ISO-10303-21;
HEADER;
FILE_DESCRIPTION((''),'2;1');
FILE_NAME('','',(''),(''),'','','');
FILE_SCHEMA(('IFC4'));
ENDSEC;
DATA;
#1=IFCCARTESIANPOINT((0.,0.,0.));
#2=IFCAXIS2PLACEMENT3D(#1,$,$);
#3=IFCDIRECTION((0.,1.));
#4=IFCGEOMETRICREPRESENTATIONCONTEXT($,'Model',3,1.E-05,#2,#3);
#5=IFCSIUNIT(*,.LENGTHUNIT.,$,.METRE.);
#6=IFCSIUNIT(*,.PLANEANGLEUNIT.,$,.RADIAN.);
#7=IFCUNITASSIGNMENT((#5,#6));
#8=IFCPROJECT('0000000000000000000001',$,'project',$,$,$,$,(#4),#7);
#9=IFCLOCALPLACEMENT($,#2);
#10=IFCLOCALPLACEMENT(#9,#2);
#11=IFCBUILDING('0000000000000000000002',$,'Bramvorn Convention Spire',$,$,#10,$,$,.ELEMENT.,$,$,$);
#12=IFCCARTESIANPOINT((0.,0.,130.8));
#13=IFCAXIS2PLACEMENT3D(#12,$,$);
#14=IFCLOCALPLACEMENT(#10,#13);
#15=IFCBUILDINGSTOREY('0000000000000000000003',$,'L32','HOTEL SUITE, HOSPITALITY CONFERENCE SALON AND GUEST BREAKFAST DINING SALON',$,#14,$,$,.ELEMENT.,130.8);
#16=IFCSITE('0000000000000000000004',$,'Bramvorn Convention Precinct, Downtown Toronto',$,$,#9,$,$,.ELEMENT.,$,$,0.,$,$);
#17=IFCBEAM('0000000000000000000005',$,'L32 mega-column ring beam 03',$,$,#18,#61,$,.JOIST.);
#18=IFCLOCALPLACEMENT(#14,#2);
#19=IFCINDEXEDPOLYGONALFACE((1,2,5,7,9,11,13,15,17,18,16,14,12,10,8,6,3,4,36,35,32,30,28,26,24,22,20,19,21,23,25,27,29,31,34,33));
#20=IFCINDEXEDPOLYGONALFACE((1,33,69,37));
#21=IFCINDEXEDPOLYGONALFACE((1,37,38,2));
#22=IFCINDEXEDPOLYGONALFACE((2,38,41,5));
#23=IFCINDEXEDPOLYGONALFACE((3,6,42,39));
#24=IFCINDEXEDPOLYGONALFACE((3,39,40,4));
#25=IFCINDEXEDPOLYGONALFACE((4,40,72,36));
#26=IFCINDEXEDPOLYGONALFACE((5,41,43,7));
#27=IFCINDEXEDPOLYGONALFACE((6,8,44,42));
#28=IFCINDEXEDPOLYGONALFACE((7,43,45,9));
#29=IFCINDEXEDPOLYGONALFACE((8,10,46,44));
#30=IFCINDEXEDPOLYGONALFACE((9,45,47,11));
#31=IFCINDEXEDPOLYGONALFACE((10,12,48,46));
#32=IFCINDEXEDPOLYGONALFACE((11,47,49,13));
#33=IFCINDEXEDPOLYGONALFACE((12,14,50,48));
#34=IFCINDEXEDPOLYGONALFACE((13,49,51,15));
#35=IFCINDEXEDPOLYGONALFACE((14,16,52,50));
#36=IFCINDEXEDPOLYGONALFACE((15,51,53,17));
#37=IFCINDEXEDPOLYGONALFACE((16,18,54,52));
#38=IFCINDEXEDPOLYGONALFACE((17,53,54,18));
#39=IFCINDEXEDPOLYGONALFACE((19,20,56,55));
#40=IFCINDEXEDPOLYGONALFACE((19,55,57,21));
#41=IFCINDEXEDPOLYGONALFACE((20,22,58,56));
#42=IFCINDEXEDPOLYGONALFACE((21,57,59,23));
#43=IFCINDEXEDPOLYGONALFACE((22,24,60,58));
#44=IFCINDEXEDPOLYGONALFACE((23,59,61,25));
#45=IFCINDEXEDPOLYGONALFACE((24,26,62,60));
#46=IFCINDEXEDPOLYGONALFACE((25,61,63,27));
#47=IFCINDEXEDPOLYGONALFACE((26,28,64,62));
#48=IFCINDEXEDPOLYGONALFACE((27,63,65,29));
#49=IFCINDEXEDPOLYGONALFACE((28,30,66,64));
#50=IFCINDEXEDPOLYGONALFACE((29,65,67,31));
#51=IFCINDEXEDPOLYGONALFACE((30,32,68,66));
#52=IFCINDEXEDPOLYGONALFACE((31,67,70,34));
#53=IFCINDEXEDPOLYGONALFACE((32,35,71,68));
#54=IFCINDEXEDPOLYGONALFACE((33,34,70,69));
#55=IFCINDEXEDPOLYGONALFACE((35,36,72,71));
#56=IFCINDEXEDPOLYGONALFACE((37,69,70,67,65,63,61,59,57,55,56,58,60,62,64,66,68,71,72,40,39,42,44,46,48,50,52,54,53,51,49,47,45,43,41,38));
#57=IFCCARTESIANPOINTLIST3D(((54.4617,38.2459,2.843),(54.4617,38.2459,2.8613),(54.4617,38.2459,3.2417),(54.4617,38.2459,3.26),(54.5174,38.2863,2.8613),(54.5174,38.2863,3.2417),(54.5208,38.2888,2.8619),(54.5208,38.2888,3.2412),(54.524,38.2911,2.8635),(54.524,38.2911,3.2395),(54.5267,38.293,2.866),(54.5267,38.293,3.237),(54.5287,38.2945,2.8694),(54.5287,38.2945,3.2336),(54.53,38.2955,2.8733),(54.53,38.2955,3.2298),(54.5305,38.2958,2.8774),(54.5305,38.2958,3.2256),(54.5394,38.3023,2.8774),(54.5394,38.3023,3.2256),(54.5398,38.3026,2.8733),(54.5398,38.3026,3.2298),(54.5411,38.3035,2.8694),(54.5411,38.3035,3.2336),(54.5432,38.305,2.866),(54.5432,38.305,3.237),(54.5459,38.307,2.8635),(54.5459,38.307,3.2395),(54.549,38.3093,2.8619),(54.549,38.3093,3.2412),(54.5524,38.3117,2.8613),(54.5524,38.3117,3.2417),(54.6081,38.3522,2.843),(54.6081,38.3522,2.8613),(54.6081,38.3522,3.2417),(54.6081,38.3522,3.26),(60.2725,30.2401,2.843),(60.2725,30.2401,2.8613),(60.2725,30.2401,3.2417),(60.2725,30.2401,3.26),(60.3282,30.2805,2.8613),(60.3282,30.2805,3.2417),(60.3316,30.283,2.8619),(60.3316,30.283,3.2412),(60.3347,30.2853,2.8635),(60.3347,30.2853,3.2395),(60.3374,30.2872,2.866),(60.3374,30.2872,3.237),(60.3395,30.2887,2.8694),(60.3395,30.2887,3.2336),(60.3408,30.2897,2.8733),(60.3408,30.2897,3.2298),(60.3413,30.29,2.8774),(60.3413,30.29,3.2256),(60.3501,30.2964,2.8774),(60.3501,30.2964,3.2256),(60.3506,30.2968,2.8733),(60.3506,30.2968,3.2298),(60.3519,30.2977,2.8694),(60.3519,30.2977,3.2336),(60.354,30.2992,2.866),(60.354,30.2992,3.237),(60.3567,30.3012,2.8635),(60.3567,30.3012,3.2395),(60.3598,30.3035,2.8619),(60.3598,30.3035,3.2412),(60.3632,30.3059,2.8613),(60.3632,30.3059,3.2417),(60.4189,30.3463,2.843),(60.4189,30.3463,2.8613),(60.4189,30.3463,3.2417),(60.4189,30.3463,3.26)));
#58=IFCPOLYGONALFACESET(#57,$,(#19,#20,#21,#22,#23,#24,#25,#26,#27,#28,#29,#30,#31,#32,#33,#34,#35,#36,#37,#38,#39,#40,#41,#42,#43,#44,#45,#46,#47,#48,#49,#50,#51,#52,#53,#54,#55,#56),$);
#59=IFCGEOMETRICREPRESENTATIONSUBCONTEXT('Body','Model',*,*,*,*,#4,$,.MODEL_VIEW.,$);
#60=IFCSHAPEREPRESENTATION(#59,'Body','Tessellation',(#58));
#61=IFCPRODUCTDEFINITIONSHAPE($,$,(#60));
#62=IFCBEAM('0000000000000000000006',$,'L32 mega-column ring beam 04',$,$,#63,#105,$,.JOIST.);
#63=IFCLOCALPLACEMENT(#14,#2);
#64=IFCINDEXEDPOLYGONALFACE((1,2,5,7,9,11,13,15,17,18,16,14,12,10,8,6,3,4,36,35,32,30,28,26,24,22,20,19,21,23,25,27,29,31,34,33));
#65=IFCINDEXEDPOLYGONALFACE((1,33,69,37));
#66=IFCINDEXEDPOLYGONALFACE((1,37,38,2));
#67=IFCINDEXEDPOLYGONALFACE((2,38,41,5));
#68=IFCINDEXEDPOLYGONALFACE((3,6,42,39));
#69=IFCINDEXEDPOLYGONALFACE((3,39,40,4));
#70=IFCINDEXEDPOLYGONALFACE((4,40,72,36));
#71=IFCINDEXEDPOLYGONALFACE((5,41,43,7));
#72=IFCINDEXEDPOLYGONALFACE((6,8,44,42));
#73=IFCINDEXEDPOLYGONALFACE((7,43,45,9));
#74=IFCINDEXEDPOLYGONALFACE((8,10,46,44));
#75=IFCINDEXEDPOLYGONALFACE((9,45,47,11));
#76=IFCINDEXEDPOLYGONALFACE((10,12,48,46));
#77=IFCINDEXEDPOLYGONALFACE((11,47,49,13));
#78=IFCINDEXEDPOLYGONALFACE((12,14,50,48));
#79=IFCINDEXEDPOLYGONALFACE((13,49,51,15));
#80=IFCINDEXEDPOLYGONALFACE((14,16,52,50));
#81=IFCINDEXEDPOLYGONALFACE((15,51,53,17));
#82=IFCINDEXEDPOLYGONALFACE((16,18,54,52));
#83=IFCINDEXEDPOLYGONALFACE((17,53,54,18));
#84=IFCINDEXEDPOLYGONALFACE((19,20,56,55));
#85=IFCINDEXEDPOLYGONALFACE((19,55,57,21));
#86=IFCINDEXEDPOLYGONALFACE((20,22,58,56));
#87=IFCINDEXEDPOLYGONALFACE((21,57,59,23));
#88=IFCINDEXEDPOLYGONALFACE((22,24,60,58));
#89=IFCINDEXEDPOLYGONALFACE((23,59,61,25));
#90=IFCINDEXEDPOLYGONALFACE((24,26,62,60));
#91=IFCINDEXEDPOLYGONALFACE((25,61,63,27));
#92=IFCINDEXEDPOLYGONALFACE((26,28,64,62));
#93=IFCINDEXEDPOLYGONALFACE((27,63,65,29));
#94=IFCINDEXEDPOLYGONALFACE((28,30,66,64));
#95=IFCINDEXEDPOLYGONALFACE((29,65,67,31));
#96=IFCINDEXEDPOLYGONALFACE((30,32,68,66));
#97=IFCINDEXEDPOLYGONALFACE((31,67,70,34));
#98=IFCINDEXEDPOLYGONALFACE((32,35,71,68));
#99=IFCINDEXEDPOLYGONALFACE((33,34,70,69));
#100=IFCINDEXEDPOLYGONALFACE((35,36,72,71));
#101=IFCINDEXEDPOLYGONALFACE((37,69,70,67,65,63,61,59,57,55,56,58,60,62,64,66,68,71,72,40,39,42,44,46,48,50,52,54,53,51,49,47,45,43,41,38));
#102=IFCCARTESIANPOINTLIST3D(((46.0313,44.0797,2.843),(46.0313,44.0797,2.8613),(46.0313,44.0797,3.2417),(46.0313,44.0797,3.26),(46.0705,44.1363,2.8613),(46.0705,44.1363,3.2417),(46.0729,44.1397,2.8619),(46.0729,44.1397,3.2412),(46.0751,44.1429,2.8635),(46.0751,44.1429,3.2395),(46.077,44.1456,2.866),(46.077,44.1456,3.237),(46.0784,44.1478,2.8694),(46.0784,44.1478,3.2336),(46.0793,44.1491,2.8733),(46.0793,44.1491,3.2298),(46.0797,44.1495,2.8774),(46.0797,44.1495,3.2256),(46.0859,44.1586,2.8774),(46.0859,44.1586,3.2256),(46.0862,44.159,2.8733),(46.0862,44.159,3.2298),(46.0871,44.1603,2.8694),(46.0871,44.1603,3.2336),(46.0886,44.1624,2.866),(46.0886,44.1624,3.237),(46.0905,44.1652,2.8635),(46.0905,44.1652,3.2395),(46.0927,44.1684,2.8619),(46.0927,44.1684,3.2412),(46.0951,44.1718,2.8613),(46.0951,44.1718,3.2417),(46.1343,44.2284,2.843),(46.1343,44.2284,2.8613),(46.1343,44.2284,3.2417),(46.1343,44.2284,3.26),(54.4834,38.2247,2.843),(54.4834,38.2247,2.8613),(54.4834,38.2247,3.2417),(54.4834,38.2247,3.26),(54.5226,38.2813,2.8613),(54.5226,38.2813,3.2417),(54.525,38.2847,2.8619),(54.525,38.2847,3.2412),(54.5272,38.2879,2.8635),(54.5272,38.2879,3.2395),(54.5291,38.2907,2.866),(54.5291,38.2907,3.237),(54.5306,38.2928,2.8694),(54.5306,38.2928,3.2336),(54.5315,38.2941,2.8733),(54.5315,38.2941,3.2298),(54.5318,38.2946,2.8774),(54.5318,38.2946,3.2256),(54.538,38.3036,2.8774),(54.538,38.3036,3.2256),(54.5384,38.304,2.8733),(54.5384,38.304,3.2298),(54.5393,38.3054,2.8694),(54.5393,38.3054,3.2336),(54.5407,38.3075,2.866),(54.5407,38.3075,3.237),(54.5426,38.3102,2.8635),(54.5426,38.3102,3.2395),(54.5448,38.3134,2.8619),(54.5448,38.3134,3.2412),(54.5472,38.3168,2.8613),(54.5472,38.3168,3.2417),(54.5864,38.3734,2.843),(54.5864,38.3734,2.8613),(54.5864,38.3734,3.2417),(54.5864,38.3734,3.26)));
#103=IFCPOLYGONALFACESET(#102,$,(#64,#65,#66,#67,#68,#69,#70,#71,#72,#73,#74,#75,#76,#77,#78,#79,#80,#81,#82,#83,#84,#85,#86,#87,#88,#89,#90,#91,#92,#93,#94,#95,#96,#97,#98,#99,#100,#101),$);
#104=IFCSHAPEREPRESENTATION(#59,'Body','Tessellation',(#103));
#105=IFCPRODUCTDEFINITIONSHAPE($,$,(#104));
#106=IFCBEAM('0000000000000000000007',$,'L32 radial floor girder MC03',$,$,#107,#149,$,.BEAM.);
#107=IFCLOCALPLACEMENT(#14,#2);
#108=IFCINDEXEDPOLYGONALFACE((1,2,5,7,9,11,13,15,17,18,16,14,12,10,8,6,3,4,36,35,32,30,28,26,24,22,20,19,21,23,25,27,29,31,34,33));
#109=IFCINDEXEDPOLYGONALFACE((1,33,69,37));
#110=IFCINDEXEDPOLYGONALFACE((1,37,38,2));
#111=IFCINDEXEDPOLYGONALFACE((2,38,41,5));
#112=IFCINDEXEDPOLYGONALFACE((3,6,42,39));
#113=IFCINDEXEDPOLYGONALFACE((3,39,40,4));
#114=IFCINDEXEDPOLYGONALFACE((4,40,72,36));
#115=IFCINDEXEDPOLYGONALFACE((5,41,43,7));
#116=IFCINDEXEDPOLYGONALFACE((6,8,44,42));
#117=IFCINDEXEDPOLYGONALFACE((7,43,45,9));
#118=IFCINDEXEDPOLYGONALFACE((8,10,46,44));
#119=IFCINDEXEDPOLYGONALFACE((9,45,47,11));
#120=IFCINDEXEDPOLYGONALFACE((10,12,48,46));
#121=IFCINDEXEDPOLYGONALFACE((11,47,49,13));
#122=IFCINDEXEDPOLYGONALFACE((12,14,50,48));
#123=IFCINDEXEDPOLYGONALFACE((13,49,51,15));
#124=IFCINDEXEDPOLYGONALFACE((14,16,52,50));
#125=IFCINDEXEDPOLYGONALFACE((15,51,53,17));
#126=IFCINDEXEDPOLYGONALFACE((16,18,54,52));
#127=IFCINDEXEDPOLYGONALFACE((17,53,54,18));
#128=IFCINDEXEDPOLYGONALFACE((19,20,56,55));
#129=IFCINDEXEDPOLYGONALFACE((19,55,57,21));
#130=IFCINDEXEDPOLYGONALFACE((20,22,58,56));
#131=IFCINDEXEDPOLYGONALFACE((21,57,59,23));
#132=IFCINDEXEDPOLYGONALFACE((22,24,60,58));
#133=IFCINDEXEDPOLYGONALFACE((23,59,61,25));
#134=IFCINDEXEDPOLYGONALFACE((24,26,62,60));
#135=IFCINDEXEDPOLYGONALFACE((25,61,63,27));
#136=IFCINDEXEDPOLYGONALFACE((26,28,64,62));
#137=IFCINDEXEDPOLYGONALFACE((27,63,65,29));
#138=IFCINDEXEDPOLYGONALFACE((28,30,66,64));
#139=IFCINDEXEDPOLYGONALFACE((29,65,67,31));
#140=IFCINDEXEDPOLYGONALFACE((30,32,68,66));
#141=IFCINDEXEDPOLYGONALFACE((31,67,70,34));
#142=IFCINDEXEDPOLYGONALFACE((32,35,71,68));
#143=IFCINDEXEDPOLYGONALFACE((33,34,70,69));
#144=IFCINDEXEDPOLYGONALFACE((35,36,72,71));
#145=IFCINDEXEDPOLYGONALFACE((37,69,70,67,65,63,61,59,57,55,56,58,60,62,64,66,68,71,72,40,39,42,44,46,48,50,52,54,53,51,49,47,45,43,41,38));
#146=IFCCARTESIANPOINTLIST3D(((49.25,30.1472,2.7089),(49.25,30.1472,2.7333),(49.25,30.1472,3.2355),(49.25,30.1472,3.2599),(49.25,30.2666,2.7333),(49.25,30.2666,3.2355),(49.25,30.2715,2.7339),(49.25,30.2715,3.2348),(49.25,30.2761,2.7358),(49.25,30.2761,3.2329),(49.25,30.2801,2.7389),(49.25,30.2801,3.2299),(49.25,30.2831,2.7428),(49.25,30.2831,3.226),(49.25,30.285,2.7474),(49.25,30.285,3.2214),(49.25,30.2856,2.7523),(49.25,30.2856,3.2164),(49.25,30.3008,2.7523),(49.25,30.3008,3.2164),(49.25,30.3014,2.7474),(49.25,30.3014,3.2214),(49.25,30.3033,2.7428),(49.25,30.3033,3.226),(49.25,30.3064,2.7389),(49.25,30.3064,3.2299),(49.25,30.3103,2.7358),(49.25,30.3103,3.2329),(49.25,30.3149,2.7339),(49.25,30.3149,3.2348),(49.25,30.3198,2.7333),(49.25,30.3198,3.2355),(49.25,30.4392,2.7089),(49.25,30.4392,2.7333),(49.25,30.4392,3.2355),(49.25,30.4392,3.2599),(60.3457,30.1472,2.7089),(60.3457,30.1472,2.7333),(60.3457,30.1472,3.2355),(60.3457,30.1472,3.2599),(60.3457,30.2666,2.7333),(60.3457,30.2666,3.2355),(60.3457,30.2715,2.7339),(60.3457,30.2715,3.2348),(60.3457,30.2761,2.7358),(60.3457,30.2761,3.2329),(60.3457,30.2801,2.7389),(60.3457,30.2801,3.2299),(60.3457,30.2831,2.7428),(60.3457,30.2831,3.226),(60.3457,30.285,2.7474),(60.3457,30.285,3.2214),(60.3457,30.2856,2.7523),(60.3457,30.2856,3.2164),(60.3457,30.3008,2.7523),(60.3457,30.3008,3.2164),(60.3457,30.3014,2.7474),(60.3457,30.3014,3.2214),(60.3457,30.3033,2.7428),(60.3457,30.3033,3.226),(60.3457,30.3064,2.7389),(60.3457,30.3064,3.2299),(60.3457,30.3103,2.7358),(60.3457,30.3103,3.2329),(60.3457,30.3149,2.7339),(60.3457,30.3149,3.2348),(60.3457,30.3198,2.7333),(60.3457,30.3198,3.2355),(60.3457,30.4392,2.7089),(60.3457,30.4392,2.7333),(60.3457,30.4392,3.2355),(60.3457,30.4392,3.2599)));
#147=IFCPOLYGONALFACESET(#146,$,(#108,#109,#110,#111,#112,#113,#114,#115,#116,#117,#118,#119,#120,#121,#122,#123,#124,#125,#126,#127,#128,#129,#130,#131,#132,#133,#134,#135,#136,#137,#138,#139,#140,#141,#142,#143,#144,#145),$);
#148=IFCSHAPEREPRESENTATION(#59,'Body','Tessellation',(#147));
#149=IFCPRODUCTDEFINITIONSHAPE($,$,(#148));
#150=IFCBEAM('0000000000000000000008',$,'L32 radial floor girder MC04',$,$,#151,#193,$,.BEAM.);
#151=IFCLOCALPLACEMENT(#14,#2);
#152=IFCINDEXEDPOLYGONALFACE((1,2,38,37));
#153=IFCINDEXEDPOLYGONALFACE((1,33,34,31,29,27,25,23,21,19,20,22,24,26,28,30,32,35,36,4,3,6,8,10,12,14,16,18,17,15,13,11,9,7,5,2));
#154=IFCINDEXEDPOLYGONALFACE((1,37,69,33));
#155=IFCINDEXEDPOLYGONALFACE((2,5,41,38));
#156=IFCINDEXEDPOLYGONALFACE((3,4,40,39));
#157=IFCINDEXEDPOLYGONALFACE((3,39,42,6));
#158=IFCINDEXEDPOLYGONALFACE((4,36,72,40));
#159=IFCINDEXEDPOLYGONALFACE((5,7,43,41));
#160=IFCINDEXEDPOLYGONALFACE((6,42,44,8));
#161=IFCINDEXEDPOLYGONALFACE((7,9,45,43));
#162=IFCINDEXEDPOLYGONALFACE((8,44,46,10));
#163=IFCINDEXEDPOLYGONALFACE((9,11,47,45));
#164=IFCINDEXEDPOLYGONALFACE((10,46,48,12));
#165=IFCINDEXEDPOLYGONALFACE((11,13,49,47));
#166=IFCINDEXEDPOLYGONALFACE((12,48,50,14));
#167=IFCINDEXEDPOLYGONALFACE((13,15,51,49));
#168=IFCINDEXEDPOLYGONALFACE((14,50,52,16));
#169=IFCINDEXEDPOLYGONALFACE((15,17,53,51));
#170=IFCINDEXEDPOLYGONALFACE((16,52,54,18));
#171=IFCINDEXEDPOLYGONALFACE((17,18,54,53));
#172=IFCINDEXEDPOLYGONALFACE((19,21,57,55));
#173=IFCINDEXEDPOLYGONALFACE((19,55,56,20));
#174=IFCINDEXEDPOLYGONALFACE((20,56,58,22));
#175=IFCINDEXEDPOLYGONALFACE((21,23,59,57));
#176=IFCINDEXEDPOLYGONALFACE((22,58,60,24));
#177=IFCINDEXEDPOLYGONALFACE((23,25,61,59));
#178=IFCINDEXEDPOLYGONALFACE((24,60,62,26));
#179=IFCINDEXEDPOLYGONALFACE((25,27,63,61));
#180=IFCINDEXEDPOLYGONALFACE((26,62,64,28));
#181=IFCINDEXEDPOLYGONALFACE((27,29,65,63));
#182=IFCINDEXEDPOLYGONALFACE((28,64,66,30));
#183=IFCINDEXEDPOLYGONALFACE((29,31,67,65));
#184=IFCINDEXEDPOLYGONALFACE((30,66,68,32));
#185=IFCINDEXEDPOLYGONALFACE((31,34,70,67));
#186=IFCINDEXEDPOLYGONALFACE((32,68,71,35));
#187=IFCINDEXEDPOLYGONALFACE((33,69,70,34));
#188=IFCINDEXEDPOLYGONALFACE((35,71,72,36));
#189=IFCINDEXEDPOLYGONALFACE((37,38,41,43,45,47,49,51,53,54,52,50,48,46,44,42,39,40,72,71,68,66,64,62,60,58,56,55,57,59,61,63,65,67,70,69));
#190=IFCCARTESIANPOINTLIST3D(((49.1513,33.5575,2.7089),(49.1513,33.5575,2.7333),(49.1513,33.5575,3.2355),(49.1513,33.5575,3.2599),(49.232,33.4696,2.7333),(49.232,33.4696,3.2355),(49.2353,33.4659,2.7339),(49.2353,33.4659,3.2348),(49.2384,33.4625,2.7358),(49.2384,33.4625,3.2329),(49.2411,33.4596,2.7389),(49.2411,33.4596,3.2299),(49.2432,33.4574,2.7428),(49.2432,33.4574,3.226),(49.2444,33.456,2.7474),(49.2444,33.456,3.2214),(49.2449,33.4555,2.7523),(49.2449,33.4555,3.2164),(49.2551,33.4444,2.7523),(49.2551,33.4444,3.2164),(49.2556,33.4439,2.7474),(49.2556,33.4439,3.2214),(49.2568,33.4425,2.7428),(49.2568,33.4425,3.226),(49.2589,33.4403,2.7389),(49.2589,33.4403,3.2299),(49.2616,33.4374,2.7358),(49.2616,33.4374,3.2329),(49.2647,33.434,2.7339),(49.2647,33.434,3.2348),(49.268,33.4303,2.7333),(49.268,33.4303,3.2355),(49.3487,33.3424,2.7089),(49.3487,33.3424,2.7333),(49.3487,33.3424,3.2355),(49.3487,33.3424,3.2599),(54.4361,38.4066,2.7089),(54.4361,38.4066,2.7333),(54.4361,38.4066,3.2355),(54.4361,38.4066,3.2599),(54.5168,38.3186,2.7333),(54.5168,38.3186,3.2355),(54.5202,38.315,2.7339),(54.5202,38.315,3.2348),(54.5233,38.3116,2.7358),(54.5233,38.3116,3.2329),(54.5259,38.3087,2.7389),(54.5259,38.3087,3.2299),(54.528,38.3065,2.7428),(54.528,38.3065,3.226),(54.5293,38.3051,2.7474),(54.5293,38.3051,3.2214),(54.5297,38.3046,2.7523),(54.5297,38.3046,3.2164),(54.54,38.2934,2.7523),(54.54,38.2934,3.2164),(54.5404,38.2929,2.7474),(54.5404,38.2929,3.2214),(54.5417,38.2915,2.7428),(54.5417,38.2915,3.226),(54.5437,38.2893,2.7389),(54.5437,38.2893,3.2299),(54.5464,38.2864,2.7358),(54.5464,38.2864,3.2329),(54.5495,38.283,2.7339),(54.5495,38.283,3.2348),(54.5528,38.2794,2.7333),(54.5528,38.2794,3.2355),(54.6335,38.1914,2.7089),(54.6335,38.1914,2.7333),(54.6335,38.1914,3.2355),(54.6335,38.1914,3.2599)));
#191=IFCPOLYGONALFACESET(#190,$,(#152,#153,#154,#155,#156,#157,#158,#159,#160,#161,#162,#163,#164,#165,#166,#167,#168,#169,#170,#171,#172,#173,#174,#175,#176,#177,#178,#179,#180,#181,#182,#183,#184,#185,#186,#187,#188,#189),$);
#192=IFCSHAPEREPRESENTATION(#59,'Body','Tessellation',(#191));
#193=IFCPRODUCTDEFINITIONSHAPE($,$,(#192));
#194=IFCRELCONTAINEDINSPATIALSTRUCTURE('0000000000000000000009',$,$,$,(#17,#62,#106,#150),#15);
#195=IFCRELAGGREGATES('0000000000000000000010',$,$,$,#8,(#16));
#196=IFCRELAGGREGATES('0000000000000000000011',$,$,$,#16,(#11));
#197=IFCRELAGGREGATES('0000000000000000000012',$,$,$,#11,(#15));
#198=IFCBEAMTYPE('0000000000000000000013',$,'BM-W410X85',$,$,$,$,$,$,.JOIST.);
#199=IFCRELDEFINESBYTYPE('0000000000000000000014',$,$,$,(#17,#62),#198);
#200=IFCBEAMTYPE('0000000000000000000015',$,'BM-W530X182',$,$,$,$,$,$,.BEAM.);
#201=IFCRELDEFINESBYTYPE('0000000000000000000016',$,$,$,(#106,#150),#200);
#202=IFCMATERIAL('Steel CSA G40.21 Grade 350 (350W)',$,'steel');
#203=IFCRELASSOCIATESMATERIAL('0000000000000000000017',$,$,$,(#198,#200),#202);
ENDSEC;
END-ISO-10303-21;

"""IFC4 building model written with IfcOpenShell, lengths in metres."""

from ifc_helpers import new_model, si_unit, direction, frame, origin, origin_2d, place, context, subcontext, project, spatial, i_section, extrude, material, material_profile, profile_set, type_object, element, save


model = new_model("IFC4")

# Units and contexts
model_context = context("Model", 3, precision=1e-05, world=origin(), true_north=direction((0.0, 1.0)))
body_context = subcontext(model_context, "Body", "Model", "MODEL_VIEW")
ifc_project = project(units=[si_unit("LENGTHUNIT", "METRE"), si_unit("PLANEANGLEUNIT", "RADIAN")], contexts=[model_context])

# Site, building, storey
site_placement = place(None, origin())
site = spatial("IfcSite", under=ifc_project, at=site_placement, Name="Bramvorn Convention Precinct, Downtown Toronto", CompositionType="ELEMENT", RefElevation=0.0)
building_placement = place(site_placement, origin())
building = spatial("IfcBuilding", under=site, at=building_placement, Name="Bramvorn Convention Spire", CompositionType="ELEMENT")
storey_placement = place(building_placement, frame((0.0, 0.0, 130.8)))
storey = spatial("IfcBuildingStorey", under=building, at=storey_placement, Name="L32", Description="HOTEL SUITE, HOSPITALITY CONFERENCE SALON AND GUEST BREAKFAST DINING SALON", CompositionType="ELEMENT", Elevation=130.8)

# Shared definitions
ifc_material_1 = material(Name="Steel CSA G40.21 Grade 350 (350W)", Category="steel")

# Beams
ifc_material_profile_1 = material_profile(ifc_material_1, i_section(OverallWidth=0.1809, OverallDepth=0.417, WebThickness=0.011, FlangeThickness=0.0183, FilletRadius=0.0161, at=origin_2d()))
ifc_profile_set_1 = profile_set([ifc_material_profile_1], Name="Steel CSA G40.21 Grade 350 (350W) - W410X85")
beam_type_1 = type_object("IfcBeamType", Name="BM-W410X85", PredefinedType="JOIST", material=ifc_profile_set_1)
beam_1_placement = place(storey_placement, frame((60.3457, 30.2932, 3.0515), z_axis=(-0.587401, 0.809296, 0.0), x_axis=(-0.809296, -0.587401, 0.0)))
element("IfcBeam", 1, at=beam_1_placement, inside=storey, type_object=beam_type_1, Name="L32 mega-column ring beam 03", PredefinedType="JOIST", context=body_context, shape_type="SweptSolid", body=[
    extrude(i_section(OverallWidth=0.1809, OverallDepth=0.417, WebThickness=0.011, FlangeThickness=0.0183, FilletRadius=0.0161, at=origin_2d()), origin(), (0.0, 0.0, 1.0), 9.8923),
])
beam_2_placement = place(storey_placement, frame((54.5349, 38.2991, 3.0515), z_axis=(-0.822033, 0.56944, 0.0), x_axis=(-0.56944, -0.822033, 0.0)))
element("IfcBeam", 2, at=beam_2_placement, inside=storey, type_object=beam_type_1, Name="L32 mega-column ring beam 04", PredefinedType="JOIST", context=body_context, shape_type="SweptSolid", body=[
    extrude(i_section(OverallWidth=0.1809, OverallDepth=0.417, WebThickness=0.011, FlangeThickness=0.0183, FilletRadius=0.0161, at=origin_2d()), origin(), (0.0, 0.0, 1.0), 10.282),
])
ifc_material_profile_2 = material_profile(ifc_material_1, i_section(OverallWidth=0.292, OverallDepth=0.551, WebThickness=0.0151, FlangeThickness=0.0244, FilletRadius=0.019, at=origin_2d()))
ifc_profile_set_2 = profile_set([ifc_material_profile_2], Name="Steel CSA G40.21 Grade 350 (350W) - W530X182")
beam_type_2 = type_object("IfcBeamType", Name="BM-W530X182", PredefinedType="BEAM", material=ifc_profile_set_2)
beam_3_placement = place(storey_placement, frame((49.25, 30.2932, 2.9844), z_axis=(1.0, 0.0, 0.0), x_axis=(0.0, 1.0, 0.0)))
element("IfcBeam", 3, at=beam_3_placement, inside=storey, type_object=beam_type_2, Name="L32 radial floor girder MC03", PredefinedType="BEAM", context=body_context, shape_type="SweptSolid", body=[
    extrude(i_section(OverallWidth=0.292, OverallDepth=0.551, WebThickness=0.0151, FlangeThickness=0.0244, FilletRadius=0.019, at=origin_2d()), origin(), (0.0, 0.0, 1.0), 11.0957),
])
beam_4_placement = place(storey_placement, frame((49.25, 33.45, 2.9844), z_axis=(0.736833, 0.676074, 0.0), x_axis=(-0.676074, 0.736833, 0.0)))
element("IfcBeam", 4, at=beam_4_placement, inside=storey, type_object=beam_type_2, Name="L32 radial floor girder MC04", PredefinedType="BEAM", context=body_context, shape_type="SweptSolid", body=[
    extrude(i_section(OverallWidth=0.292, OverallDepth=0.551, WebThickness=0.0151, FlangeThickness=0.0244, FilletRadius=0.019, at=origin_2d()), origin(), (0.0, 0.0, 1.0), 7.1724),
])

save(model, "model.ifc")
